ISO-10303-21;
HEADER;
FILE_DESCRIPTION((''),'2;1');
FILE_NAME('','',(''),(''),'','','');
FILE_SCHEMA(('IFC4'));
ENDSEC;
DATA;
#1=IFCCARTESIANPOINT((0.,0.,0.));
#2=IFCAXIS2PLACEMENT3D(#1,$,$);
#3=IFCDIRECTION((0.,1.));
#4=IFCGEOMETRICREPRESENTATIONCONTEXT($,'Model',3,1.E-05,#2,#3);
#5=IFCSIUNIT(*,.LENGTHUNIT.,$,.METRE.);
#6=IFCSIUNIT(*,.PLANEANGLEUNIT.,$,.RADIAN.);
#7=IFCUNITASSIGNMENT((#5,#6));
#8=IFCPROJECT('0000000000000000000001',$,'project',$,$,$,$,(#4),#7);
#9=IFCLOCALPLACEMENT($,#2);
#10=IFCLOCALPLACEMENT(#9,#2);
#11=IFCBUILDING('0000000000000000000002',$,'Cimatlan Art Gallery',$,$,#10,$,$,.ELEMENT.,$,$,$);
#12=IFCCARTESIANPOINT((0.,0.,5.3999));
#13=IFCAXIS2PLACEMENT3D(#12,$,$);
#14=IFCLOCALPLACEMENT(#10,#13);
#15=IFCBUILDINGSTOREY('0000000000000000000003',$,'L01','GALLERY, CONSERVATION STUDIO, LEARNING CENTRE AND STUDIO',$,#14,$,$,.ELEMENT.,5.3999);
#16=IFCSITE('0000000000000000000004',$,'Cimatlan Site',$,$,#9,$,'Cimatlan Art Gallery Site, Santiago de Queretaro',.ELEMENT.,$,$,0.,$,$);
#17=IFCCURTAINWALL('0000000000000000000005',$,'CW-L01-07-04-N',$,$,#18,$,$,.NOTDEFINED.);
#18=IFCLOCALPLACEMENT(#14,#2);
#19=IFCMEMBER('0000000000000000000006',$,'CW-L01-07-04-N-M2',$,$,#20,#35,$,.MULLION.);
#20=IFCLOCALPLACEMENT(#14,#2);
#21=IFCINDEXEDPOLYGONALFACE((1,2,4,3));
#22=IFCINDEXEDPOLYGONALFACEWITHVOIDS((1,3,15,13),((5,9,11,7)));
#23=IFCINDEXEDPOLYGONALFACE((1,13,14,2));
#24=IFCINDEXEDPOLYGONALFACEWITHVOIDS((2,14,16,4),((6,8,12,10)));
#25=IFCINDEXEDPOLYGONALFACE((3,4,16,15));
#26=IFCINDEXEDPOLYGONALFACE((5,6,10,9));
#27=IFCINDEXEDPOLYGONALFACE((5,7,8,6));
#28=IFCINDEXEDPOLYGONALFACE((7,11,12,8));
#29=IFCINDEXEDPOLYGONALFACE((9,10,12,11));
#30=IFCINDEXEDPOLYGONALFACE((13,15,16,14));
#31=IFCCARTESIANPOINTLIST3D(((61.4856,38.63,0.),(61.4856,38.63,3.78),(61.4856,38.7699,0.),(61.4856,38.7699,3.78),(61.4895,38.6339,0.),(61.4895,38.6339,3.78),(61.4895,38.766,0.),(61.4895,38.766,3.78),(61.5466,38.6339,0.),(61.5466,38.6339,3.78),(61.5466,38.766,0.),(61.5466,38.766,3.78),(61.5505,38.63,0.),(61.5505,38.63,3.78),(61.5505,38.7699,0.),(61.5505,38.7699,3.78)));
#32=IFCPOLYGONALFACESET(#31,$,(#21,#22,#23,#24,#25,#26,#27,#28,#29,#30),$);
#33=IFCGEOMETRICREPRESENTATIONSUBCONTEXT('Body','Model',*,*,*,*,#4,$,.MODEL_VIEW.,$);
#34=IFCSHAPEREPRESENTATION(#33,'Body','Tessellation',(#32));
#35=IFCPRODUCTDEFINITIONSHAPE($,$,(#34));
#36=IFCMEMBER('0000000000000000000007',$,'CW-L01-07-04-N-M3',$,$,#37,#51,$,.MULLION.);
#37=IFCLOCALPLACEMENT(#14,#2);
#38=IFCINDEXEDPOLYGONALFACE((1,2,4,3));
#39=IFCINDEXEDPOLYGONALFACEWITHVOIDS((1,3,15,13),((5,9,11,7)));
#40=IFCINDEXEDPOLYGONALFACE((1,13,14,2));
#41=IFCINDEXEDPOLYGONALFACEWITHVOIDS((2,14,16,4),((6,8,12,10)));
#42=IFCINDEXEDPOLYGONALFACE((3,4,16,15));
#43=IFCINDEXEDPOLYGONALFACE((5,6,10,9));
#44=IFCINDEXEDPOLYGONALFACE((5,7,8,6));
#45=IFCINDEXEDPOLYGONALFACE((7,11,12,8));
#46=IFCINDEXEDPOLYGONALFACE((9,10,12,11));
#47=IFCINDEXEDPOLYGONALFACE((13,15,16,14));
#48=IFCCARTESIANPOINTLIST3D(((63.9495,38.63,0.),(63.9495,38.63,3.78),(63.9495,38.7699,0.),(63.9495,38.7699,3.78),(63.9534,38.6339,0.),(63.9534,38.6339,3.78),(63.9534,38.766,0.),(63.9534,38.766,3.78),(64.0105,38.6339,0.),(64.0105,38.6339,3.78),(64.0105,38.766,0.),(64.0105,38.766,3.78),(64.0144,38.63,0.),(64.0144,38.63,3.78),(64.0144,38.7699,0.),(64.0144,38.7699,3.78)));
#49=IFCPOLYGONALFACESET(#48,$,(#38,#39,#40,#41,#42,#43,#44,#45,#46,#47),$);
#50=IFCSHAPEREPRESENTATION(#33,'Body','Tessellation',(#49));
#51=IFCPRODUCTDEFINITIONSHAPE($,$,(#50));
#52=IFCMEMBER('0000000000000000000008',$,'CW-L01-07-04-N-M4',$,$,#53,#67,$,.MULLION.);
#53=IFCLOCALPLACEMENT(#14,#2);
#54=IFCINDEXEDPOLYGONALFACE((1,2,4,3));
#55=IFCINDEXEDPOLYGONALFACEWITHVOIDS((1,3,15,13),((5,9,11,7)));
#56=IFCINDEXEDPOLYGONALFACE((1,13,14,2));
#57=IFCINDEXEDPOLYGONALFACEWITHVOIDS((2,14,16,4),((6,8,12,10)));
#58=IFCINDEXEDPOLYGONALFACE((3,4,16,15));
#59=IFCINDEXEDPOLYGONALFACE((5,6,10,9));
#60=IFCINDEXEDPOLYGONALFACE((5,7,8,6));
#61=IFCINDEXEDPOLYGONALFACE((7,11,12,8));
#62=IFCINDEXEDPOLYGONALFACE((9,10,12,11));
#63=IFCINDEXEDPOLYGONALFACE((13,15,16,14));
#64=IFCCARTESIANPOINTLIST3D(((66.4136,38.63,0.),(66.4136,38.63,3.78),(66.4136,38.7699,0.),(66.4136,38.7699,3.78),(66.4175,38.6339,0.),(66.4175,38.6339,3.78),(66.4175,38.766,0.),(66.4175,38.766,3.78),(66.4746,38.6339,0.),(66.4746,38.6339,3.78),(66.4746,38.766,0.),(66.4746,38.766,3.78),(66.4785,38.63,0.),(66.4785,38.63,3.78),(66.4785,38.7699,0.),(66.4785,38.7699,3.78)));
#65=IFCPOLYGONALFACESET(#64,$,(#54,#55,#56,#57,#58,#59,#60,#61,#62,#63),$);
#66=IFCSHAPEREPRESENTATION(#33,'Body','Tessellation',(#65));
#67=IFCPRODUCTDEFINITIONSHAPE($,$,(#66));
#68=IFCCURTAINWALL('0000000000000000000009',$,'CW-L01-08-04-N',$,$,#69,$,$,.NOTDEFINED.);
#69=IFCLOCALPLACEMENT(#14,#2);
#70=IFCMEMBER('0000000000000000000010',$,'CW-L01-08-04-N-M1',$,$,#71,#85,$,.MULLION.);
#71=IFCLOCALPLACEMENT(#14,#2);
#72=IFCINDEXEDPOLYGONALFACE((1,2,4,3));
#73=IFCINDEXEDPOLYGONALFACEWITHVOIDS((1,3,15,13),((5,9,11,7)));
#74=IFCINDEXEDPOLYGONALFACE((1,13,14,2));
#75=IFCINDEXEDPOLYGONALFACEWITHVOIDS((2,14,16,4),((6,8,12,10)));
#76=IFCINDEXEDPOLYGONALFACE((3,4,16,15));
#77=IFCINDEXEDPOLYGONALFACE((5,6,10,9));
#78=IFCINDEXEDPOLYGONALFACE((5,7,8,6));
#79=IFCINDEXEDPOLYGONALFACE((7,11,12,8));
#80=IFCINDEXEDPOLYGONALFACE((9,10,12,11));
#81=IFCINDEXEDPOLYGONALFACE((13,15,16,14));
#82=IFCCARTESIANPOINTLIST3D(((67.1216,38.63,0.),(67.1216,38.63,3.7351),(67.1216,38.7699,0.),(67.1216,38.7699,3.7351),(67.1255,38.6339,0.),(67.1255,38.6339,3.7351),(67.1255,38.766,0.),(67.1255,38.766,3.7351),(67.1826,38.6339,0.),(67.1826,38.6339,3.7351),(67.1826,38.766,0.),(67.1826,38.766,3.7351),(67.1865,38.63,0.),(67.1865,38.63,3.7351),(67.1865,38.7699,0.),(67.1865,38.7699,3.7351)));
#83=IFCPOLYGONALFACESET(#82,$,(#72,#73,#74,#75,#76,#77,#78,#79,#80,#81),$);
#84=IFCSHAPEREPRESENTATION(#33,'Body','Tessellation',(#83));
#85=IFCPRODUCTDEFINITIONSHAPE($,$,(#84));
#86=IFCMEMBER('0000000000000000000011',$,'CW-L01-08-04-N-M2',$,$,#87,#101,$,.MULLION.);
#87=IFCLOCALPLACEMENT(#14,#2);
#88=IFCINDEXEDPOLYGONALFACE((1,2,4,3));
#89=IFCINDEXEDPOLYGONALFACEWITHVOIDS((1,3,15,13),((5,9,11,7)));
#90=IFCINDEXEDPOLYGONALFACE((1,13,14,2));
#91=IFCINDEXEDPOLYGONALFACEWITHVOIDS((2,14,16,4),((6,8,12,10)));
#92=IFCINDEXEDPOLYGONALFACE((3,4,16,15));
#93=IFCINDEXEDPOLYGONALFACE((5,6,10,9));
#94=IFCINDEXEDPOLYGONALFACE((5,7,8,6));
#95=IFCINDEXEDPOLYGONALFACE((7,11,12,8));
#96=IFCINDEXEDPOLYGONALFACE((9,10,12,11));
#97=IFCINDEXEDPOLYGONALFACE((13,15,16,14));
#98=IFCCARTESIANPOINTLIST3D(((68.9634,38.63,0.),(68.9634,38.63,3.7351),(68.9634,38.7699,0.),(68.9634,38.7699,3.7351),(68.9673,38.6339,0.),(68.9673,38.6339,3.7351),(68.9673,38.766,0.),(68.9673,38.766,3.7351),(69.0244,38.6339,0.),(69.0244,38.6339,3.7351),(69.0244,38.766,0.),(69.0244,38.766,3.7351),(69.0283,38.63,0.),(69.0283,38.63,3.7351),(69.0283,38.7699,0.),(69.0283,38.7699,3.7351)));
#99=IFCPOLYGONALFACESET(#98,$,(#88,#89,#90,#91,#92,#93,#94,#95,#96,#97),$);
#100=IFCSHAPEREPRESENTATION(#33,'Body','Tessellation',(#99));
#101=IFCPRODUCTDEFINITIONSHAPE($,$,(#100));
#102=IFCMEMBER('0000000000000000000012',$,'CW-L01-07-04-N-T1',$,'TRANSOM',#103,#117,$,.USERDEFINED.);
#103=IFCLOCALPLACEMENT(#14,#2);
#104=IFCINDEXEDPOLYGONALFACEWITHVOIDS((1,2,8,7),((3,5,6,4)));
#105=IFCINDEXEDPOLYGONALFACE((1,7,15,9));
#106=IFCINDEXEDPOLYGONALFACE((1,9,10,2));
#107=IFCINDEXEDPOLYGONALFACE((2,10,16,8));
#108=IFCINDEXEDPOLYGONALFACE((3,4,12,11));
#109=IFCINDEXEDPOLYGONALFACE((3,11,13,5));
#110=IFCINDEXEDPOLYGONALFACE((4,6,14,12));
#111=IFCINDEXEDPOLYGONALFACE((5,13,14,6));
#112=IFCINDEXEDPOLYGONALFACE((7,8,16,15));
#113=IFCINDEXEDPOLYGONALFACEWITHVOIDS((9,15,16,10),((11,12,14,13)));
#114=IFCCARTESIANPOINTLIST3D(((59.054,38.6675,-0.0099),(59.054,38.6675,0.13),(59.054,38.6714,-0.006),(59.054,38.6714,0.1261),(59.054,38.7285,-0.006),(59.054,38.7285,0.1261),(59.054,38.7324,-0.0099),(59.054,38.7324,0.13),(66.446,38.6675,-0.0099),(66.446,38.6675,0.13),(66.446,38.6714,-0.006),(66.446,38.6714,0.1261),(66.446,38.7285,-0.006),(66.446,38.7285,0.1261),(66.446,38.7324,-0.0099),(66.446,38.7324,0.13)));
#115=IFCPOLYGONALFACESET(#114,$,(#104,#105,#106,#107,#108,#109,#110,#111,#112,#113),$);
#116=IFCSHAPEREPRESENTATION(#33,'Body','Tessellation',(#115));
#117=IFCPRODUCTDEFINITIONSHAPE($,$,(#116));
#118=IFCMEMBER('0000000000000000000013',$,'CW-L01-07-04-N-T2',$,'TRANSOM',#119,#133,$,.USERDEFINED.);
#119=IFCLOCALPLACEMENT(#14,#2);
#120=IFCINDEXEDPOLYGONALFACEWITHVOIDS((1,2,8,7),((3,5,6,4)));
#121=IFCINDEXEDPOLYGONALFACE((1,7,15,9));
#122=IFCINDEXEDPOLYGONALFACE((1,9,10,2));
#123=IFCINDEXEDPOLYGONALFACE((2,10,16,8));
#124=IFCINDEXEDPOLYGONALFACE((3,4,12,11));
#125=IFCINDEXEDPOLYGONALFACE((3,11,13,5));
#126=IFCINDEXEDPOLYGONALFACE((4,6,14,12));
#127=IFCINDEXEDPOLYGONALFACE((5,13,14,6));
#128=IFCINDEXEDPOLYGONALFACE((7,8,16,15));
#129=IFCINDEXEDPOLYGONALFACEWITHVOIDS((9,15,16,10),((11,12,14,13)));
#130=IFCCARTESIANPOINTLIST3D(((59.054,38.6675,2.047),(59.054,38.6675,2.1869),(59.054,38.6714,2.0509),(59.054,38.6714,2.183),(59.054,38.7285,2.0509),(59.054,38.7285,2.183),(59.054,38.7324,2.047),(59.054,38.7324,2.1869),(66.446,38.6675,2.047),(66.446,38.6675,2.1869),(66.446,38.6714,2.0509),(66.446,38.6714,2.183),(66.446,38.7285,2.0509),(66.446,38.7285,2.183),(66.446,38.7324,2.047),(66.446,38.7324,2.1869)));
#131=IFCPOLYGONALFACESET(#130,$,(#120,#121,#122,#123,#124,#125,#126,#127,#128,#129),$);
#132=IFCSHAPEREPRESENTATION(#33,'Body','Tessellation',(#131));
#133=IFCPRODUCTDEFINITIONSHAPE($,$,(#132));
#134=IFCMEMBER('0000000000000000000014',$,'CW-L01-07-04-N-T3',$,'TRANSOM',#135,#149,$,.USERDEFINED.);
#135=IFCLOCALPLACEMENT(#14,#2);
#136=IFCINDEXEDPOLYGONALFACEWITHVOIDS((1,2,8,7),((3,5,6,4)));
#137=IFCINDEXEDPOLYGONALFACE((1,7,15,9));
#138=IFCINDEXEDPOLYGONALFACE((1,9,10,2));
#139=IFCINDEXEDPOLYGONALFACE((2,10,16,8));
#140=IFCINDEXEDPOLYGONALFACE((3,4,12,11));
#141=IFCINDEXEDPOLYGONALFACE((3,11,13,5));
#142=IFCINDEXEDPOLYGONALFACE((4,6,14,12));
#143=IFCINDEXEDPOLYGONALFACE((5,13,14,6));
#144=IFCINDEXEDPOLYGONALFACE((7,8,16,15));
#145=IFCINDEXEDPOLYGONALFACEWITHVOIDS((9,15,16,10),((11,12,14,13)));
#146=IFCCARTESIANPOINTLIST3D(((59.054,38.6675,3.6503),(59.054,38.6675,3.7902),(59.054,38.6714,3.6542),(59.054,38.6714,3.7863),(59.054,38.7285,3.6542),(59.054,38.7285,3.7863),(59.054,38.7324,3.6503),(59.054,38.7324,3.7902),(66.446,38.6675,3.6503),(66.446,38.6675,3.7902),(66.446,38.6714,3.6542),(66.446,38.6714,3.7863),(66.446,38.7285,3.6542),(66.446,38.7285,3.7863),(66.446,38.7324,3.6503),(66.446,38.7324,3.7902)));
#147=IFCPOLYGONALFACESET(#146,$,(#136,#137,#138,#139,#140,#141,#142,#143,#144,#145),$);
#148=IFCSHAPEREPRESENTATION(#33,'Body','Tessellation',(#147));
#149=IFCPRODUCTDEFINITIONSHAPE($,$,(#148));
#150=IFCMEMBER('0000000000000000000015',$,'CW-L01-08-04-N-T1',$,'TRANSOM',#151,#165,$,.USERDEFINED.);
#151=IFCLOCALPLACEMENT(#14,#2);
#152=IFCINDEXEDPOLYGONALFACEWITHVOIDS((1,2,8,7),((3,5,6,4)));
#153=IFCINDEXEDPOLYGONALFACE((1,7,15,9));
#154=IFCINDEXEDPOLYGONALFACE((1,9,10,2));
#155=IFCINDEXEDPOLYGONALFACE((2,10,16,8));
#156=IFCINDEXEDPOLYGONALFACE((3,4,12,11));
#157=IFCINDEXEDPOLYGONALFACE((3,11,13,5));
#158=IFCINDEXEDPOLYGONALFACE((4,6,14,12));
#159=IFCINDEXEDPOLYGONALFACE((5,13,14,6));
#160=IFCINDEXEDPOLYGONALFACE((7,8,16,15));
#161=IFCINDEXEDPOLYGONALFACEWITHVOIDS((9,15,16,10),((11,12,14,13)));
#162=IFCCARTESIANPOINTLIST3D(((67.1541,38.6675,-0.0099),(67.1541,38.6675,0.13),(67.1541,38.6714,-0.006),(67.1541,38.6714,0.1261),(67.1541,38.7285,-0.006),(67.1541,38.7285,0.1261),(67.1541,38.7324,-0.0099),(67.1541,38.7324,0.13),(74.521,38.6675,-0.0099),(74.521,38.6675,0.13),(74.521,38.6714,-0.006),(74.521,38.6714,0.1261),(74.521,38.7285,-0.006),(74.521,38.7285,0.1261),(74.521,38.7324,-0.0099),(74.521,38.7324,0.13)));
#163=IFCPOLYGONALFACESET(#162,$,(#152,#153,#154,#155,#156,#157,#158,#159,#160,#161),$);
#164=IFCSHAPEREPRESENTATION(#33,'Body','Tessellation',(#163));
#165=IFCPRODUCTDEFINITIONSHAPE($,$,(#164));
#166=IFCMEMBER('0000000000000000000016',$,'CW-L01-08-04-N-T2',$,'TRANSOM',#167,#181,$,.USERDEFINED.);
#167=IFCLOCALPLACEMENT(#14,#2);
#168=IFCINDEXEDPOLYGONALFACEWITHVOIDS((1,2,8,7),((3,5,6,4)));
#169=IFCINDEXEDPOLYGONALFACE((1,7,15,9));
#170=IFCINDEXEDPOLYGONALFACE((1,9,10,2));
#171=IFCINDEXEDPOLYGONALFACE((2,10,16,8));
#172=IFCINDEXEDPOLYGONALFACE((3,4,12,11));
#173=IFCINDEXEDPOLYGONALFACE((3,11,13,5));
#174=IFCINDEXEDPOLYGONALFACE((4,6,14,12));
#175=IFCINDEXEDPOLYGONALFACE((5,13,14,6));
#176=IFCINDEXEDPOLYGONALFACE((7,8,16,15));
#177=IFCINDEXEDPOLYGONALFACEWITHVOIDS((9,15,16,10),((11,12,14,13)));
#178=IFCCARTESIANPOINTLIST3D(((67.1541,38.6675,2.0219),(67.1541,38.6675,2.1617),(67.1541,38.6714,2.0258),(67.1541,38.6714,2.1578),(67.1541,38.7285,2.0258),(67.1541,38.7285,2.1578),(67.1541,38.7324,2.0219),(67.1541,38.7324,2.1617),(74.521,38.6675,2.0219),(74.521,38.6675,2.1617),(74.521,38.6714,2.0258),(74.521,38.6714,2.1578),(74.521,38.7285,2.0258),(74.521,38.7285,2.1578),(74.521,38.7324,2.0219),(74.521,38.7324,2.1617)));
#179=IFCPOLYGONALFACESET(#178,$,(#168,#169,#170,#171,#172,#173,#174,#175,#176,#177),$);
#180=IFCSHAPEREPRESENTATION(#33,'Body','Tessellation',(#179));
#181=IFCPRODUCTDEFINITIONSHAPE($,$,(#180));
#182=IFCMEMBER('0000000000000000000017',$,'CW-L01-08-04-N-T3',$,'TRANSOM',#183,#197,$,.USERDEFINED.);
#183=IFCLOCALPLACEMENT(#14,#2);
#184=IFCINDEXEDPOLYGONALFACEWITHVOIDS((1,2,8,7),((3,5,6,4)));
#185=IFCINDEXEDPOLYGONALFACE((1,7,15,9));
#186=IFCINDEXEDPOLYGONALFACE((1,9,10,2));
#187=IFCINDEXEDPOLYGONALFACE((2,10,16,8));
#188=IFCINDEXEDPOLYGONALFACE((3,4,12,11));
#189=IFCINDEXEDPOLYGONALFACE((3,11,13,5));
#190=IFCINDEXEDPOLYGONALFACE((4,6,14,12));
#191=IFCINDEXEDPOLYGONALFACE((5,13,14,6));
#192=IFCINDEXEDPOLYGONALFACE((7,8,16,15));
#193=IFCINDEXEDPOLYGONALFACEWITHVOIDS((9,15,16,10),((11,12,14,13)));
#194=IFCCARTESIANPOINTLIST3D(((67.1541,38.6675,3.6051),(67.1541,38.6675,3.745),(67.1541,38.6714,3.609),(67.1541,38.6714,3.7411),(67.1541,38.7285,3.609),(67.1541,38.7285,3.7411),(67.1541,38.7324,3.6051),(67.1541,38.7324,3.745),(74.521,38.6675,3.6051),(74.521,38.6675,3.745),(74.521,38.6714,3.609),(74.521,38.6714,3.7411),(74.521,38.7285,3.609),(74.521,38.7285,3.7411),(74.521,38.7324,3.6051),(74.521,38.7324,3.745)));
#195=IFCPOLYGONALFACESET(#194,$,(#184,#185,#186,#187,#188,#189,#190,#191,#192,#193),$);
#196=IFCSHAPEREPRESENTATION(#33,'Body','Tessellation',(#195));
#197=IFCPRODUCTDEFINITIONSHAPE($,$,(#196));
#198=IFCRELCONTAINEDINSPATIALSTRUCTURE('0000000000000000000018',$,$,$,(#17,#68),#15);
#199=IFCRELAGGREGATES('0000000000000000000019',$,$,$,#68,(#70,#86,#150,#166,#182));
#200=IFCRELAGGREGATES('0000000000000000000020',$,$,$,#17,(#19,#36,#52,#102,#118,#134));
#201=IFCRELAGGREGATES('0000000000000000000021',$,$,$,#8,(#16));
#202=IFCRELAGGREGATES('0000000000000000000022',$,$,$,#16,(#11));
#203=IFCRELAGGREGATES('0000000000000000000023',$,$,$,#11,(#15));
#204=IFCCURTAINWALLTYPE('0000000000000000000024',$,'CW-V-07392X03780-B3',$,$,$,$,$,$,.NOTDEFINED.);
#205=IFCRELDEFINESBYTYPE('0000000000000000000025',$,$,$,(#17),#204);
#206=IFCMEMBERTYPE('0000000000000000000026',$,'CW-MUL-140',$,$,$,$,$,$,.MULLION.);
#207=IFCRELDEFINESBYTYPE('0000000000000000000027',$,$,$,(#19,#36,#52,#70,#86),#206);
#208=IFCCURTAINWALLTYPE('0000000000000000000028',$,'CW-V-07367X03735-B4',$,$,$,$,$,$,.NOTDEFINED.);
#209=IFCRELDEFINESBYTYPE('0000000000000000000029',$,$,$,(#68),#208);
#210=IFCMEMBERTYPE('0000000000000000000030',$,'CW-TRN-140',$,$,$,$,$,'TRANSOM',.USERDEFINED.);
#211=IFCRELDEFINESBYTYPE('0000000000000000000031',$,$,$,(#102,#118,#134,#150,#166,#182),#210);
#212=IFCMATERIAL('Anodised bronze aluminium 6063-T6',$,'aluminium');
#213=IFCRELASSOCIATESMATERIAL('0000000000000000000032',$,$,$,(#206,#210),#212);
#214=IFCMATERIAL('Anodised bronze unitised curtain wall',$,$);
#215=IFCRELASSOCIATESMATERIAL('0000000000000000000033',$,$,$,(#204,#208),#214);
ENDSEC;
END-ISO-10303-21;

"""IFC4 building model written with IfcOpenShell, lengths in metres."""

from ifc_helpers import new_model, si_unit, direction, frame, origin, origin_2d, place, context, subcontext, project, spatial, hollow_rectangle, extrude, material, material_profile, profile_set, type_object, element, aggregate, save


model = new_model("IFC4")

# Units and contexts
model_context = context("Model", 3, precision=1e-05, world=origin(), true_north=direction((0.0, 1.0)))
body_context = subcontext(model_context, "Body", "Model", "MODEL_VIEW")
ifc_project = project(units=[si_unit("LENGTHUNIT", "METRE"), si_unit("PLANEANGLEUNIT", "RADIAN")], contexts=[model_context])

# Site, building, storey
site_placement = place(None, origin())
site = spatial("IfcSite", under=ifc_project, at=site_placement, Name="Cimatlan Site", LongName="Cimatlan Art Gallery Site, Santiago de Queretaro", CompositionType="ELEMENT", RefElevation=0.0)
building_placement = place(site_placement, origin())
building = spatial("IfcBuilding", under=site, at=building_placement, Name="Cimatlan Art Gallery", CompositionType="ELEMENT")
storey_placement = place(building_placement, frame((0.0, 0.0, 5.3999)))
storey = spatial("IfcBuildingStorey", under=building, at=storey_placement, Name="L01", Description="GALLERY, CONSERVATION STUDIO, LEARNING CENTRE AND STUDIO", CompositionType="ELEMENT", Elevation=5.3999)

# Curtain walls, members
ifc_material_1 = material(Name="Anodised bronze unitised curtain wall")
ifc_material_2 = material(Name="Anodised bronze aluminium 6063-T6", Category="aluminium")
ifc_material_profile_1 = material_profile(ifc_material_2, hollow_rectangle(XDim=0.0649, YDim=0.1399, WallThickness=0.0039, at=origin_2d()), Name="ALU65X140X4")
ifc_profile_set_1 = profile_set([ifc_material_profile_1], Name="Anodised bronze aluminium 6063-T6")
member_type_1 = type_object("IfcMemberType", Name="CW-MUL-140", PredefinedType="MULLION", material=ifc_profile_set_1)
curtain_wall_type_1 = type_object("IfcCurtainWallType", Name="CW-V-07392X03780-B3", PredefinedType="NOTDEFINED", material=ifc_material_1)
curtain_wall_1_placement = place(storey_placement, origin())
curtain_wall_1 = element("IfcCurtainWall", 1, at=curtain_wall_1_placement, inside=storey, type_object=curtain_wall_type_1, Name="CW-L01-07-04-N", PredefinedType="NOTDEFINED")
member_1_placement = place(storey_placement, frame((61.5181, 38.7, 0.0), z_axis=(0.0, 0.0, 1.0), x_axis=(1.0, 0.0, 0.0)))
member_1 = element("IfcMember", 2, at=member_1_placement, type_object=member_type_1, Name="CW-L01-07-04-N-M2", PredefinedType="MULLION", context=body_context, shape_type="SweptSolid", body=[
    extrude(hollow_rectangle(XDim=0.0649, YDim=0.1399, WallThickness=0.0039, at=origin_2d()), origin(), (0.0, 0.0, 1.0), 3.78),
])
member_2_placement = place(storey_placement, frame((63.9819, 38.7, 0.0), z_axis=(0.0, 0.0, 1.0), x_axis=(1.0, 0.0, 0.0)))
member_2 = element("IfcMember", 3, at=member_2_placement, type_object=member_type_1, Name="CW-L01-07-04-N-M3", PredefinedType="MULLION", context=body_context, shape_type="SweptSolid", body=[
    extrude(hollow_rectangle(XDim=0.0649, YDim=0.1399, WallThickness=0.0039, at=origin_2d()), origin(), (0.0, 0.0, 1.0), 3.78),
])
member_3_placement = place(storey_placement, frame((66.446, 38.7, 0.0), z_axis=(0.0, 0.0, 1.0), x_axis=(1.0, 0.0, 0.0)))
member_3 = element("IfcMember", 4, at=member_3_placement, type_object=member_type_1, Name="CW-L01-07-04-N-M4", PredefinedType="MULLION", context=body_context, shape_type="SweptSolid", body=[
    extrude(hollow_rectangle(XDim=0.0649, YDim=0.1399, WallThickness=0.0039, at=origin_2d()), origin(), (0.0, 0.0, 1.0), 3.78),
])
curtain_wall_type_2 = type_object("IfcCurtainWallType", Name="CW-V-07367X03735-B4", PredefinedType="NOTDEFINED", material=ifc_material_1)
curtain_wall_2_placement = place(storey_placement, origin())
curtain_wall_2 = element("IfcCurtainWall", 5, at=curtain_wall_2_placement, inside=storey, type_object=curtain_wall_type_2, Name="CW-L01-08-04-N", PredefinedType="NOTDEFINED")
member_4_placement = place(storey_placement, frame((67.1541, 38.7, 0.0), z_axis=(0.0, 0.0, 1.0), x_axis=(1.0, 0.0, 0.0)))
member_4 = element("IfcMember", 6, at=member_4_placement, type_object=member_type_1, Name="CW-L01-08-04-N-M1", PredefinedType="MULLION", context=body_context, shape_type="SweptSolid", body=[
    extrude(hollow_rectangle(XDim=0.0649, YDim=0.1399, WallThickness=0.0039, at=origin_2d()), origin(), (0.0, 0.0, 1.0), 3.7351),
])
member_5_placement = place(storey_placement, frame((68.9958, 38.7, 0.0), z_axis=(0.0, 0.0, 1.0), x_axis=(1.0, 0.0, 0.0)))
member_5 = element("IfcMember", 7, at=member_5_placement, type_object=member_type_1, Name="CW-L01-08-04-N-M2", PredefinedType="MULLION", context=body_context, shape_type="SweptSolid", body=[
    extrude(hollow_rectangle(XDim=0.0649, YDim=0.1399, WallThickness=0.0039, at=origin_2d()), origin(), (0.0, 0.0, 1.0), 3.7351),
])

# Members
ifc_material_profile_2 = material_profile(ifc_material_2, hollow_rectangle(XDim=0.0649, YDim=0.1399, WallThickness=0.0039, at=origin_2d()), Name="ALU65X140X4")
ifc_profile_set_2 = profile_set([ifc_material_profile_2], Name="Anodised bronze aluminium 6063-T6")
member_type_2 = type_object("IfcMemberType", Name="CW-TRN-140", ElementType="TRANSOM", PredefinedType="USERDEFINED", material=ifc_profile_set_2)
member_6_placement = place(storey_placement, frame((59.054, 38.7, 0.0601), z_axis=(1.0, 0.0, 0.0), x_axis=(0.0, 1.0, 0.0)))
member_6 = element("IfcMember", 8, at=member_6_placement, type_object=member_type_2, Name="CW-L01-07-04-N-T1", ObjectType="TRANSOM", PredefinedType="USERDEFINED", context=body_context, shape_type="SweptSolid", body=[
    extrude(hollow_rectangle(XDim=0.0649, YDim=0.1399, WallThickness=0.0039, at=origin_2d()), origin(), (0.0, 0.0, 1.0), 7.3921),
])
member_7_placement = place(storey_placement, frame((59.054, 38.7, 2.1169), z_axis=(1.0, 0.0, 0.0), x_axis=(0.0, 1.0, 0.0)))
member_7 = element("IfcMember", 9, at=member_7_placement, type_object=member_type_2, Name="CW-L01-07-04-N-T2", ObjectType="TRANSOM", PredefinedType="USERDEFINED", context=body_context, shape_type="SweptSolid", body=[
    extrude(hollow_rectangle(XDim=0.0649, YDim=0.1399, WallThickness=0.0039, at=origin_2d()), origin(), (0.0, 0.0, 1.0), 7.3921),
])
member_8_placement = place(storey_placement, frame((59.054, 38.7, 3.7202), z_axis=(1.0, 0.0, 0.0), x_axis=(0.0, 1.0, 0.0)))
member_8 = element("IfcMember", 10, at=member_8_placement, type_object=member_type_2, Name="CW-L01-07-04-N-T3", ObjectType="TRANSOM", PredefinedType="USERDEFINED", context=body_context, shape_type="SweptSolid", body=[
    extrude(hollow_rectangle(XDim=0.0649, YDim=0.1399, WallThickness=0.0039, at=origin_2d()), origin(), (0.0, 0.0, 1.0), 7.3921),
])
member_9_placement = place(storey_placement, frame((67.1541, 38.7, 0.0601), z_axis=(1.0, 0.0, 0.0), x_axis=(0.0, 1.0, 0.0)))
member_9 = element("IfcMember", 11, at=member_9_placement, type_object=member_type_2, Name="CW-L01-08-04-N-T1", ObjectType="TRANSOM", PredefinedType="USERDEFINED", context=body_context, shape_type="SweptSolid", body=[
    extrude(hollow_rectangle(XDim=0.0649, YDim=0.1399, WallThickness=0.0039, at=origin_2d()), origin(), (0.0, 0.0, 1.0), 7.3669),
])
member_10_placement = place(storey_placement, frame((67.1541, 38.7, 2.0918), z_axis=(1.0, 0.0, 0.0), x_axis=(0.0, 1.0, 0.0)))
member_10 = element("IfcMember", 12, at=member_10_placement, type_object=member_type_2, Name="CW-L01-08-04-N-T2", ObjectType="TRANSOM", PredefinedType="USERDEFINED", context=body_context, shape_type="SweptSolid", body=[
    extrude(hollow_rectangle(XDim=0.0649, YDim=0.1399, WallThickness=0.0039, at=origin_2d()), origin(), (0.0, 0.0, 1.0), 7.3669),
])
member_11_placement = place(storey_placement, frame((67.1541, 38.7, 3.675), z_axis=(1.0, 0.0, 0.0), x_axis=(0.0, 1.0, 0.0)))
member_11 = element("IfcMember", 13, at=member_11_placement, type_object=member_type_2, Name="CW-L01-08-04-N-T3", ObjectType="TRANSOM", PredefinedType="USERDEFINED", context=body_context, shape_type="SweptSolid", body=[
    extrude(hollow_rectangle(XDim=0.0649, YDim=0.1399, WallThickness=0.0039, at=origin_2d()), origin(), (0.0, 0.0, 1.0), 7.3669),
])

aggregate(curtain_wall_2, [member_4, member_5, member_9, member_10, member_11])
aggregate(curtain_wall_1, [member_1, member_2, member_3, member_6, member_7, member_8])

save(model, "model.ifc")
